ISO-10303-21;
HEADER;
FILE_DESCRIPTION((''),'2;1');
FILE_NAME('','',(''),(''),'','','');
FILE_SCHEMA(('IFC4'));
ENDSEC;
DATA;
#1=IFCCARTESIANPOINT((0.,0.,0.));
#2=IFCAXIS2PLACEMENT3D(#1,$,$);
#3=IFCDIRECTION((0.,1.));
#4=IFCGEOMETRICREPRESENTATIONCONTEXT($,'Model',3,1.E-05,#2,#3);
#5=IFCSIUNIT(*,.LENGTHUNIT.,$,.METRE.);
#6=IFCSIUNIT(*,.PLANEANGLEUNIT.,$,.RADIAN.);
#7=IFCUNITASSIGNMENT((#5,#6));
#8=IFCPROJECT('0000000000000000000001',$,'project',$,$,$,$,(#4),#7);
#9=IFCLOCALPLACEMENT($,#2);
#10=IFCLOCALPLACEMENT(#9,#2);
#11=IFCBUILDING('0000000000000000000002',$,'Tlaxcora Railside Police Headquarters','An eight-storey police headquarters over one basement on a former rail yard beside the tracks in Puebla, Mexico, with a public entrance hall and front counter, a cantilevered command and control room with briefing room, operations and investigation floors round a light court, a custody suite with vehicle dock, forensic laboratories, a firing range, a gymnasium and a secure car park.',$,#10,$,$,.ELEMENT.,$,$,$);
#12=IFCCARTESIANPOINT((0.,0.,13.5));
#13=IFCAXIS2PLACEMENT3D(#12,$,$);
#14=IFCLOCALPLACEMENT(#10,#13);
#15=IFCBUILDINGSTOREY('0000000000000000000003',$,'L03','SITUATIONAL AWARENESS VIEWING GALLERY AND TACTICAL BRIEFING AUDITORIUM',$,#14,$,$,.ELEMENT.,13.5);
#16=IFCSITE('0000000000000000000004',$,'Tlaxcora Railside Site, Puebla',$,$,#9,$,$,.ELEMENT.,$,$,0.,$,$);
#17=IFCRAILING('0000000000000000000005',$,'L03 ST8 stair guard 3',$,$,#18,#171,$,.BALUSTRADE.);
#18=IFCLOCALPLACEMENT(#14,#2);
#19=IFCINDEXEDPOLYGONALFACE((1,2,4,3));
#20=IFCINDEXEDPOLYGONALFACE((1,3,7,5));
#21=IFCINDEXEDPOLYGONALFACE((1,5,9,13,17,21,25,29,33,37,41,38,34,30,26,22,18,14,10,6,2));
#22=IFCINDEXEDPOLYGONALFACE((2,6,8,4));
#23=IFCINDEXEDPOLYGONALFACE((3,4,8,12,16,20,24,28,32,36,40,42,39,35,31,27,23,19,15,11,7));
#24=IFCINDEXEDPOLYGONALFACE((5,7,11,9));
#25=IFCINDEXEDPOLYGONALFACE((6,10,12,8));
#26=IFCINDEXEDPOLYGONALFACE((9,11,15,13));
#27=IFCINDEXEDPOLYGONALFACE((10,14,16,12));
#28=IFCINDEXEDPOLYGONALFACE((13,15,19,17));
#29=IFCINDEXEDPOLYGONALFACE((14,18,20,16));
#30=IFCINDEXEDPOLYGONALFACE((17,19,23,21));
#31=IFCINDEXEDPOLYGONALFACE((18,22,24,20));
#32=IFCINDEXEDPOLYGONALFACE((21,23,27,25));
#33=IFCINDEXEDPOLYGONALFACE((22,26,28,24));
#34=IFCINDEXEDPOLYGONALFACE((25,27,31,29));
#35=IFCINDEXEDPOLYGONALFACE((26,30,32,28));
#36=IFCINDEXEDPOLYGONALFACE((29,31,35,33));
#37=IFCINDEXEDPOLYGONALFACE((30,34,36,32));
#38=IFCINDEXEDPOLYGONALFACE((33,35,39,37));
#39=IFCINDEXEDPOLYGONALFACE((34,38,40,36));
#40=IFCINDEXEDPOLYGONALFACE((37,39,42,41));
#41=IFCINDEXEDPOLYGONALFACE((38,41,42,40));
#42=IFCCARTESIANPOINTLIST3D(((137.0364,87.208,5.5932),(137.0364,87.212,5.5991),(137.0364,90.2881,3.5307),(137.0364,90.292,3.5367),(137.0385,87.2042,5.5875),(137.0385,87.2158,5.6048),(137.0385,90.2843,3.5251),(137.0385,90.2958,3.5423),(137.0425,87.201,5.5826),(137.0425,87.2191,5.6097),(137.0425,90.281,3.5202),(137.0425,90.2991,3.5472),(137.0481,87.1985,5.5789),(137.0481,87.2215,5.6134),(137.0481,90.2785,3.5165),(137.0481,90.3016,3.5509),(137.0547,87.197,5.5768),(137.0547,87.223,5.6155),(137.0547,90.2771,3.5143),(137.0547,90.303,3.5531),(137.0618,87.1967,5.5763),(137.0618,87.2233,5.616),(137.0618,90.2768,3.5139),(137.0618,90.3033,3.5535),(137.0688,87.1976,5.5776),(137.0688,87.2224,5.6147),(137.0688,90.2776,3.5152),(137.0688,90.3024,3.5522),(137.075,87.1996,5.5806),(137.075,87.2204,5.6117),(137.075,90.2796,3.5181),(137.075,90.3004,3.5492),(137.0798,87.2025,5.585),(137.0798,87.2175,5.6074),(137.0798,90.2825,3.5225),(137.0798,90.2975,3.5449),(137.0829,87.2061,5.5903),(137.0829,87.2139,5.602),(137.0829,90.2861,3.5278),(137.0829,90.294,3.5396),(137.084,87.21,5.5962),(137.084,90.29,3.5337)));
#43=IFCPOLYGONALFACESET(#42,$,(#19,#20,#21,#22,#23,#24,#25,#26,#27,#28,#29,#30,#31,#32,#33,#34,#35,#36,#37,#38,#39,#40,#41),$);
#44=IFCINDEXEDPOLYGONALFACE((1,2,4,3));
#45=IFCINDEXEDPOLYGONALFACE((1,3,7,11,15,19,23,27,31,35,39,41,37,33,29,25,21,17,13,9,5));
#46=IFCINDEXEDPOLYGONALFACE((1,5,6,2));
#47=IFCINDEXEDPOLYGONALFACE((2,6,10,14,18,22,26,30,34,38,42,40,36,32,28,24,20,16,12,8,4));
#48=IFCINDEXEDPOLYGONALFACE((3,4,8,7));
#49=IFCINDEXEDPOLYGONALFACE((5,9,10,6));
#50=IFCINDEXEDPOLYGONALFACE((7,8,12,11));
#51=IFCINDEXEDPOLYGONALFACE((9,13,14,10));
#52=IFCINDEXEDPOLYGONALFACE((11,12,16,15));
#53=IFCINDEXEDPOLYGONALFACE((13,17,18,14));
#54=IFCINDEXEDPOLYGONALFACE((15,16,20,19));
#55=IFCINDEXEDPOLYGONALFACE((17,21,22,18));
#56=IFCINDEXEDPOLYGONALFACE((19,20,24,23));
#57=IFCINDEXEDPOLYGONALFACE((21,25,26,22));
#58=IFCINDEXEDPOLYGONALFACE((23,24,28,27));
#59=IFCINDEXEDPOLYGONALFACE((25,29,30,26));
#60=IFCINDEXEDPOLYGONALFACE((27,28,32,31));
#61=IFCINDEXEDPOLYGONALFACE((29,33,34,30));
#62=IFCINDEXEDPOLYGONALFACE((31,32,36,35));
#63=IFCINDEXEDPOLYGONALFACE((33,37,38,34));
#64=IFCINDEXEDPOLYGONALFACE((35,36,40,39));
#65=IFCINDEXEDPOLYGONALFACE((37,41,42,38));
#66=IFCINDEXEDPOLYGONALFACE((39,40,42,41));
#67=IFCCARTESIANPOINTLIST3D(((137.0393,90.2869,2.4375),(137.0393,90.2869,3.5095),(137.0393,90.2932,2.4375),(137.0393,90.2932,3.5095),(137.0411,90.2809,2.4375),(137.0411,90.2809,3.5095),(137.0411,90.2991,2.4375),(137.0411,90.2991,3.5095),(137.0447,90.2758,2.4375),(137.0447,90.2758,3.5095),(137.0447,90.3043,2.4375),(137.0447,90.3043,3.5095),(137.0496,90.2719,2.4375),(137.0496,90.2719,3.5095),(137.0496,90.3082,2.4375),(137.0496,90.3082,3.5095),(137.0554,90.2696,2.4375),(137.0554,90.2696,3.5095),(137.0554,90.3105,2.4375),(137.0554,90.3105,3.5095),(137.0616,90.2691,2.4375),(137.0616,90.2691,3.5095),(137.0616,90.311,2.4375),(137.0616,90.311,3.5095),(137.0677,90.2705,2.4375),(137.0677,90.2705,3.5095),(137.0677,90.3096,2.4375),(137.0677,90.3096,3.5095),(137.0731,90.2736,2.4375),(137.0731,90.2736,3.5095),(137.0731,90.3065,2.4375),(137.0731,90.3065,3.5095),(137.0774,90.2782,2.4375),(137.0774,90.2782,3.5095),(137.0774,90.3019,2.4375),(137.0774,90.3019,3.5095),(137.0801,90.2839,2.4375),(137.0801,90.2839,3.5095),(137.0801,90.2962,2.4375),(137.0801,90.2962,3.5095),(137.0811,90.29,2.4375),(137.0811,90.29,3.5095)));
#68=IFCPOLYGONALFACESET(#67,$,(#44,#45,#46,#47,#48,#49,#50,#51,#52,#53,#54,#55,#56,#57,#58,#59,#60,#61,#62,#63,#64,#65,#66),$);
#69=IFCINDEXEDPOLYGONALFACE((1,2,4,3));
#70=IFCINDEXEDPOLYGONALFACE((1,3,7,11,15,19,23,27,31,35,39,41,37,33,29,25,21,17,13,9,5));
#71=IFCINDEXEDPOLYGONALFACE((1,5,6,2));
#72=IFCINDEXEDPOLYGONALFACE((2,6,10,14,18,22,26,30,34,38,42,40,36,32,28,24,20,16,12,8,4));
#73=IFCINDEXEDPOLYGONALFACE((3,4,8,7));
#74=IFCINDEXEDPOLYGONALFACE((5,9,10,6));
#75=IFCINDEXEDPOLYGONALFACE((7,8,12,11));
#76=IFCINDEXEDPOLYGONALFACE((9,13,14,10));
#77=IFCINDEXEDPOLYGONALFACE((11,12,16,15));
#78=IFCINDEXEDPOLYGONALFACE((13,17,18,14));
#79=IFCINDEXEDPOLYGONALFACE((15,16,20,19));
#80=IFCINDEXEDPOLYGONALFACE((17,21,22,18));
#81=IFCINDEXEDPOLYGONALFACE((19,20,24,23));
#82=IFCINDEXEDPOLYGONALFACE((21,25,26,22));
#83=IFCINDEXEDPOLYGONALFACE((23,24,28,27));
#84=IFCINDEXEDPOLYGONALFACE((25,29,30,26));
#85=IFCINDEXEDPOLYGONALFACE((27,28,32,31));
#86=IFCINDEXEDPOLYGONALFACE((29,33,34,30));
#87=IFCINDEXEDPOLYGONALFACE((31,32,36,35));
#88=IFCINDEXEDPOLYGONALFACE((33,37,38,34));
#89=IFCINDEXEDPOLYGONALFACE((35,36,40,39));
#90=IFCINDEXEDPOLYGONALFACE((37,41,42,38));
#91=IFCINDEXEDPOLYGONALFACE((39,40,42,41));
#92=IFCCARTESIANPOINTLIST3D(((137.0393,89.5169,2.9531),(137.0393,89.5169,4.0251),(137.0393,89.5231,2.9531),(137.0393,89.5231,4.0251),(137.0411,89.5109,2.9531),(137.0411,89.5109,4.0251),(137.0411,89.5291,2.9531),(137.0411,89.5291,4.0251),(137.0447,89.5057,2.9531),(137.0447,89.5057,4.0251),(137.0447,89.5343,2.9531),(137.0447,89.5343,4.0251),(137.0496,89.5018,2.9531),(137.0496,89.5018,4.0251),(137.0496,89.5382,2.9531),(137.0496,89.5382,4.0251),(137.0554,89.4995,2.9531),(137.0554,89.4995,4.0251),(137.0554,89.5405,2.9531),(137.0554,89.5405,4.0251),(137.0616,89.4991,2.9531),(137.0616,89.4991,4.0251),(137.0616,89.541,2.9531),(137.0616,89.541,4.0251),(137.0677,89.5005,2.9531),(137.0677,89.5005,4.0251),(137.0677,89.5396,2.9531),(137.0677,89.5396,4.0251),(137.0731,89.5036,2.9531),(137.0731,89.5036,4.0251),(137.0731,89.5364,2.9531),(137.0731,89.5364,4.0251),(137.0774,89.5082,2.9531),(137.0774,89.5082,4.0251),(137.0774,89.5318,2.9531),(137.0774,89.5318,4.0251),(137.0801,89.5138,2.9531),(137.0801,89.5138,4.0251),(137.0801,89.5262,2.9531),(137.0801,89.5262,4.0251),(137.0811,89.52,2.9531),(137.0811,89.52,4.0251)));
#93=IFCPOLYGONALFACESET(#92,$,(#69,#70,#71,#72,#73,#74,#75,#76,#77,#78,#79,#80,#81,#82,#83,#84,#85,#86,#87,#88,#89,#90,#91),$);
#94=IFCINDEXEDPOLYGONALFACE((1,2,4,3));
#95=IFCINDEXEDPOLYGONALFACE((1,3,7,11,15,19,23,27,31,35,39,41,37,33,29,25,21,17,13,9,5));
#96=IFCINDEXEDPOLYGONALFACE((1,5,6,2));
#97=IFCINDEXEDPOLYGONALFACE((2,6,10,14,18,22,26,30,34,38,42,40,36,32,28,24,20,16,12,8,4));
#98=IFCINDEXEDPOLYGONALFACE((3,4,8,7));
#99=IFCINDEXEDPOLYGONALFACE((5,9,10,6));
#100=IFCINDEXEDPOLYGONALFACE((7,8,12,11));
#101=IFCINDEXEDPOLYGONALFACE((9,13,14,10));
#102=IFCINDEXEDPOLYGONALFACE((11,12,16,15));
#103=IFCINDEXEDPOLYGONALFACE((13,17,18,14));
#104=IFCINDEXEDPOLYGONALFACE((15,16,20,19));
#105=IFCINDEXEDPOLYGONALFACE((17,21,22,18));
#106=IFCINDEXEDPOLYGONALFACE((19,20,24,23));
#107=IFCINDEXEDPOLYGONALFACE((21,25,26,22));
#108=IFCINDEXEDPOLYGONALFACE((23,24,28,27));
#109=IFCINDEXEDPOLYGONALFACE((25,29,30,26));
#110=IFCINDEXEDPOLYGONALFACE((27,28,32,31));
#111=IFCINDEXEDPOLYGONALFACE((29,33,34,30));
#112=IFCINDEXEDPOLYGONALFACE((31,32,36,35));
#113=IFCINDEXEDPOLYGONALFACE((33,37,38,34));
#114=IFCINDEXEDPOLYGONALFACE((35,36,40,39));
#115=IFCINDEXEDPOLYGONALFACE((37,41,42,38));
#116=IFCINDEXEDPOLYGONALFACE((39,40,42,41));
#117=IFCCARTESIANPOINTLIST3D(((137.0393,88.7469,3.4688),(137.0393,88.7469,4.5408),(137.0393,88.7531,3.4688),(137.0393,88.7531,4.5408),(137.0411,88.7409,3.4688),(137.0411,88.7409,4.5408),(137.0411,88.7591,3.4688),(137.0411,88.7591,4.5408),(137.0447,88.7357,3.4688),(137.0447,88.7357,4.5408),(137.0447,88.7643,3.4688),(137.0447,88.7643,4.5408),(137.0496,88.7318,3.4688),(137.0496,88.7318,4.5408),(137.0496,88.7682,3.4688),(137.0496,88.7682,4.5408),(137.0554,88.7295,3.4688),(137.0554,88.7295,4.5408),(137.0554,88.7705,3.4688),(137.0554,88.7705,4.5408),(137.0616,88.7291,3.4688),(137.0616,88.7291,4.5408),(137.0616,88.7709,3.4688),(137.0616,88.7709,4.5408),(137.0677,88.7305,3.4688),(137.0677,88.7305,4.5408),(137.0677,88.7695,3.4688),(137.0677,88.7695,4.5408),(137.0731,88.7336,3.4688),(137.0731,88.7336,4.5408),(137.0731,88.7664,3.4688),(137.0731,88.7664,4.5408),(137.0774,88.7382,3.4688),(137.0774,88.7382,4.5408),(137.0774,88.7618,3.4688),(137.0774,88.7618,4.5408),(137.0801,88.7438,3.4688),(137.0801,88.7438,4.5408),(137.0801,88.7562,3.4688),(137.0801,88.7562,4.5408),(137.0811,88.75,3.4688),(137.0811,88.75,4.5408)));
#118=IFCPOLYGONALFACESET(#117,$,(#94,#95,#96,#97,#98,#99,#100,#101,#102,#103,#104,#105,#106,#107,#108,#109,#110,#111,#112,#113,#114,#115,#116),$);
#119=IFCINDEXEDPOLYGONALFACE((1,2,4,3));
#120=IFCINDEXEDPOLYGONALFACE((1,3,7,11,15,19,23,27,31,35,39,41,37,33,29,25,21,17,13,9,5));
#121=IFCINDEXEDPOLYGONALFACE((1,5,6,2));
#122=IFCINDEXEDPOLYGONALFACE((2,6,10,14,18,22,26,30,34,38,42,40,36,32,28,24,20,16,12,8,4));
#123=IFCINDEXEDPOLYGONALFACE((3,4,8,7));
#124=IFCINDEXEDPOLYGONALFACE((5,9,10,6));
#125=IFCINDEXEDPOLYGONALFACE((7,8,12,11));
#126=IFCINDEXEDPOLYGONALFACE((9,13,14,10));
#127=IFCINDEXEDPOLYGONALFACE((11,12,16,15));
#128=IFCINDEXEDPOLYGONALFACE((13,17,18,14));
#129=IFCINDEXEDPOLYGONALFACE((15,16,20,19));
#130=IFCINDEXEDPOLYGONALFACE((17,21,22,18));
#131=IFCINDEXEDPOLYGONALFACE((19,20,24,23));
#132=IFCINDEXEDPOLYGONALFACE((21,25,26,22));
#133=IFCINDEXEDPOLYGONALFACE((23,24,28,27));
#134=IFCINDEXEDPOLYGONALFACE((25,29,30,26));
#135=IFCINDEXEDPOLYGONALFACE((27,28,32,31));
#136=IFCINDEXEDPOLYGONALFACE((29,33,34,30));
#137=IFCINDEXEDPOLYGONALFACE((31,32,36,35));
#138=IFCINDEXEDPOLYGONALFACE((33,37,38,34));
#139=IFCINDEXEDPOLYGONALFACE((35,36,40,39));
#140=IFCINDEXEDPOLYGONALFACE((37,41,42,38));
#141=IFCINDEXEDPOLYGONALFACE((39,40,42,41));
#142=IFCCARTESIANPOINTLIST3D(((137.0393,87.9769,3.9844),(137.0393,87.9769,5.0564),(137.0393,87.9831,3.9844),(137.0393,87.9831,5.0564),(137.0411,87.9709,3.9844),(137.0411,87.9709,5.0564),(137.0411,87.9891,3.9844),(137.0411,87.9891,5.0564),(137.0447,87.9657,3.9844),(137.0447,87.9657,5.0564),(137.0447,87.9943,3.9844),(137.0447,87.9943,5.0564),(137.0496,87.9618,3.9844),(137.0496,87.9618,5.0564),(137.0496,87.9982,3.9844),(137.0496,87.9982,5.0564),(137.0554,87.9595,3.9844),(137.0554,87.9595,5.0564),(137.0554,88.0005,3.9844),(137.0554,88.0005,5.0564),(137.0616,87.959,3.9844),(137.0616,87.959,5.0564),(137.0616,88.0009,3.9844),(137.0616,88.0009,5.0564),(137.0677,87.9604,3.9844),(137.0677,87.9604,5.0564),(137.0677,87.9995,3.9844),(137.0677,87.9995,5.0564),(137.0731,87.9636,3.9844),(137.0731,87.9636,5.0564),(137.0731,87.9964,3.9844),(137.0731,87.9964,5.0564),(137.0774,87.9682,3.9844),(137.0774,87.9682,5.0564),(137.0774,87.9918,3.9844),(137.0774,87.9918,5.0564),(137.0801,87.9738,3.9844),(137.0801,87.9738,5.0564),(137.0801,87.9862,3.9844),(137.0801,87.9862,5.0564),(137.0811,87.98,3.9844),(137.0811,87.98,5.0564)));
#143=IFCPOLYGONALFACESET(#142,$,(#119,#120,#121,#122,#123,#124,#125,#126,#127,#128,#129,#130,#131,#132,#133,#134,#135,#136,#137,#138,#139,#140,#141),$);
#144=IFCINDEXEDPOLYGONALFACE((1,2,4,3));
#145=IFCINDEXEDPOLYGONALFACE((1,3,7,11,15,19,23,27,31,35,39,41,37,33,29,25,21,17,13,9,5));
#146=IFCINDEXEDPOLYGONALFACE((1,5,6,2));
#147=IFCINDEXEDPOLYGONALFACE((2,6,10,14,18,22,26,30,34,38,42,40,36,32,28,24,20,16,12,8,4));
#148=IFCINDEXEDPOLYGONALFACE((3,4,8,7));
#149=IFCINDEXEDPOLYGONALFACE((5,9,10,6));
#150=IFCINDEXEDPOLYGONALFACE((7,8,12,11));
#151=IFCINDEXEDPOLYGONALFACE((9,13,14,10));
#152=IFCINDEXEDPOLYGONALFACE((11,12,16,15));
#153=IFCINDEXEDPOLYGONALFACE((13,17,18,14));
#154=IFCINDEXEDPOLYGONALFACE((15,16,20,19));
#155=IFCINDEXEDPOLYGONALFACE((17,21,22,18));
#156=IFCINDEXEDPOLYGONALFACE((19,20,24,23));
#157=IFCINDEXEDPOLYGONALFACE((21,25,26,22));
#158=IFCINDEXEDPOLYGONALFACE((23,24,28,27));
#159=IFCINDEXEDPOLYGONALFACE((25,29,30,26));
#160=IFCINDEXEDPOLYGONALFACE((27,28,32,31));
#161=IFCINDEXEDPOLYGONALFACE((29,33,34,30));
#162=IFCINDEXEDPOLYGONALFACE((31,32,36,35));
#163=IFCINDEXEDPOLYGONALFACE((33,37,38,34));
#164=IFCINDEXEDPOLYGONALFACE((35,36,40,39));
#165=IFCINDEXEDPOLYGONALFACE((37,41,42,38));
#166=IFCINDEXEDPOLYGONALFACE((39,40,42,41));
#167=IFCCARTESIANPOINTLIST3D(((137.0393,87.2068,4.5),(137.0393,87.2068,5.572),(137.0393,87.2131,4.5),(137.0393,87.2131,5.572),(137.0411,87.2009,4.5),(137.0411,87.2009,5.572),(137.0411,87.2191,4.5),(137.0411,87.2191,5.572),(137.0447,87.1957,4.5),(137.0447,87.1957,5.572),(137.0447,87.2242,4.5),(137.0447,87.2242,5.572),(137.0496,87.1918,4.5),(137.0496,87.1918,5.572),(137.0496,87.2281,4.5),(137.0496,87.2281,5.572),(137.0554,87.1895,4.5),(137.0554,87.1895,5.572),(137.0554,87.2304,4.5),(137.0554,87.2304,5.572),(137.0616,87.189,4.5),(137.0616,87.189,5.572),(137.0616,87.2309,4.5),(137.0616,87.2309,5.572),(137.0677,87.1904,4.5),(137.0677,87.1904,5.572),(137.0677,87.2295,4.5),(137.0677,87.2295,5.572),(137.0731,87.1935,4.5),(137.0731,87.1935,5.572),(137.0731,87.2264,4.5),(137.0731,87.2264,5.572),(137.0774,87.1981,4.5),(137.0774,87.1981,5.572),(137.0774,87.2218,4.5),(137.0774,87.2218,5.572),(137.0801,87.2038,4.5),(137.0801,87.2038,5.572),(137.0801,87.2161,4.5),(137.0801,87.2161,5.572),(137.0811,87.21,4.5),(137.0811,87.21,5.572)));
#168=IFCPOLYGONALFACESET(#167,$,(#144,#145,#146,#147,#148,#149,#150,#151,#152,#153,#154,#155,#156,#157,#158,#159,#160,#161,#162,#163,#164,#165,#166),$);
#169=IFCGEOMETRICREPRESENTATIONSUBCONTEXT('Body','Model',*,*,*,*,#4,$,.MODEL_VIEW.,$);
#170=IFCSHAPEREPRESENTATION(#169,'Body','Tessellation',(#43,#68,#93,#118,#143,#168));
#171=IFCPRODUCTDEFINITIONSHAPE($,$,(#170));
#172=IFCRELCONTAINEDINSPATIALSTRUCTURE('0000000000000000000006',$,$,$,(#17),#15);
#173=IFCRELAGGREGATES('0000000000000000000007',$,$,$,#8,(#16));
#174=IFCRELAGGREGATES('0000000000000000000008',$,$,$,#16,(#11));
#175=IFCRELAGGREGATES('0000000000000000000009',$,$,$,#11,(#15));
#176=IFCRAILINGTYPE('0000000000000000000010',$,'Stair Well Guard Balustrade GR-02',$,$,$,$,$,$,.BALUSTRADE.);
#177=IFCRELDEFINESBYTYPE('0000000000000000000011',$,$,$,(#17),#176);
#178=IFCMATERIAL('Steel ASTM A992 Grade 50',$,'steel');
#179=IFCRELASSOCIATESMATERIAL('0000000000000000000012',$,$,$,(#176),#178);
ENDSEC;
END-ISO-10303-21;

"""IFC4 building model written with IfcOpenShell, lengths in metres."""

from ifc_helpers import new_model, si_unit, direction, frame, origin, origin_2d, place, context, subcontext, project, spatial, circle, extrude, material, type_object, element, save


model = new_model("IFC4")

# Units and contexts
model_context = context("Model", 3, precision=1e-05, world=origin(), true_north=direction((0.0, 1.0)))
body_context = subcontext(model_context, "Body", "Model", "MODEL_VIEW")
ifc_project = project(units=[si_unit("LENGTHUNIT", "METRE"), si_unit("PLANEANGLEUNIT", "RADIAN")], contexts=[model_context])

# Site, building, storey
site_placement = place(None, origin())
site = spatial("IfcSite", under=ifc_project, at=site_placement, Name="Tlaxcora Railside Site, Puebla", CompositionType="ELEMENT", RefElevation=0.0)
building_placement = place(site_placement, origin())
building = spatial("IfcBuilding", under=site, at=building_placement, Name="Tlaxcora Railside Police Headquarters", Description="An eight-storey police headquarters over one basement on a former rail yard beside the tracks in Puebla, Mexico, with a public entrance hall and front counter, a cantilevered command and control room with briefing room, operations and investigation floors round a light court, a custody suite with vehicle dock, forensic laboratories, a firing range, a gymnasium and a secure car park.", CompositionType="ELEMENT")
storey_placement = place(building_placement, frame((0.0, 0.0, 13.5)))
storey = spatial("IfcBuildingStorey", under=building, at=storey_placement, Name="L03", Description="SITUATIONAL AWARENESS VIEWING GALLERY AND TACTICAL BRIEFING AUDITORIUM", CompositionType="ELEMENT", Elevation=13.5)

# Shared definitions
ifc_material_1 = material(Name="Steel ASTM A992 Grade 50", Category="steel")

# Railing
railing_type_1 = type_object("IfcRailingType", Name="Stair Well Guard Balustrade GR-02", PredefinedType="BALUSTRADE", material=ifc_material_1)
railing_1_placement = place(storey_placement, frame((137.0601, 90.29, 2.4375)))
element("IfcRailing", 1, at=railing_1_placement, inside=storey, type_object=railing_type_1, Name="L03 ST8 stair guard 3", PredefinedType="BALUSTRADE", context=body_context, shape_type="SweptSolid", body=[
    extrude(circle(Radius=0.0239, at=origin_2d()), frame((0.0, 0.0, 1.0962), z_axis=(0.0, -0.830914, 0.556401), x_axis=(1.0, 0.0, 0.0)), (0.0, 0.0, 1.0), 3.7068),
    extrude(circle(Radius=0.021, at=origin_2d()), origin(), (0.0, 0.0, 1.0), 1.072),
    extrude(circle(Radius=0.021, at=origin_2d()), frame((0.0, -0.77, 0.5156)), (0.0, 0.0, 1.0), 1.072),
    extrude(circle(Radius=0.021, at=origin_2d()), frame((0.0, -1.54, 1.0312)), (0.0, 0.0, 1.0), 1.072),
    extrude(circle(Radius=0.021, at=origin_2d()), frame((0.0, -2.3101, 1.5469)), (0.0, 0.0, 1.0), 1.072),
    extrude(circle(Radius=0.021, at=origin_2d()), frame((0.0, -3.0801, 2.0625)), (0.0, 0.0, 1.0), 1.072),
])

save(model, "model.ifc")
